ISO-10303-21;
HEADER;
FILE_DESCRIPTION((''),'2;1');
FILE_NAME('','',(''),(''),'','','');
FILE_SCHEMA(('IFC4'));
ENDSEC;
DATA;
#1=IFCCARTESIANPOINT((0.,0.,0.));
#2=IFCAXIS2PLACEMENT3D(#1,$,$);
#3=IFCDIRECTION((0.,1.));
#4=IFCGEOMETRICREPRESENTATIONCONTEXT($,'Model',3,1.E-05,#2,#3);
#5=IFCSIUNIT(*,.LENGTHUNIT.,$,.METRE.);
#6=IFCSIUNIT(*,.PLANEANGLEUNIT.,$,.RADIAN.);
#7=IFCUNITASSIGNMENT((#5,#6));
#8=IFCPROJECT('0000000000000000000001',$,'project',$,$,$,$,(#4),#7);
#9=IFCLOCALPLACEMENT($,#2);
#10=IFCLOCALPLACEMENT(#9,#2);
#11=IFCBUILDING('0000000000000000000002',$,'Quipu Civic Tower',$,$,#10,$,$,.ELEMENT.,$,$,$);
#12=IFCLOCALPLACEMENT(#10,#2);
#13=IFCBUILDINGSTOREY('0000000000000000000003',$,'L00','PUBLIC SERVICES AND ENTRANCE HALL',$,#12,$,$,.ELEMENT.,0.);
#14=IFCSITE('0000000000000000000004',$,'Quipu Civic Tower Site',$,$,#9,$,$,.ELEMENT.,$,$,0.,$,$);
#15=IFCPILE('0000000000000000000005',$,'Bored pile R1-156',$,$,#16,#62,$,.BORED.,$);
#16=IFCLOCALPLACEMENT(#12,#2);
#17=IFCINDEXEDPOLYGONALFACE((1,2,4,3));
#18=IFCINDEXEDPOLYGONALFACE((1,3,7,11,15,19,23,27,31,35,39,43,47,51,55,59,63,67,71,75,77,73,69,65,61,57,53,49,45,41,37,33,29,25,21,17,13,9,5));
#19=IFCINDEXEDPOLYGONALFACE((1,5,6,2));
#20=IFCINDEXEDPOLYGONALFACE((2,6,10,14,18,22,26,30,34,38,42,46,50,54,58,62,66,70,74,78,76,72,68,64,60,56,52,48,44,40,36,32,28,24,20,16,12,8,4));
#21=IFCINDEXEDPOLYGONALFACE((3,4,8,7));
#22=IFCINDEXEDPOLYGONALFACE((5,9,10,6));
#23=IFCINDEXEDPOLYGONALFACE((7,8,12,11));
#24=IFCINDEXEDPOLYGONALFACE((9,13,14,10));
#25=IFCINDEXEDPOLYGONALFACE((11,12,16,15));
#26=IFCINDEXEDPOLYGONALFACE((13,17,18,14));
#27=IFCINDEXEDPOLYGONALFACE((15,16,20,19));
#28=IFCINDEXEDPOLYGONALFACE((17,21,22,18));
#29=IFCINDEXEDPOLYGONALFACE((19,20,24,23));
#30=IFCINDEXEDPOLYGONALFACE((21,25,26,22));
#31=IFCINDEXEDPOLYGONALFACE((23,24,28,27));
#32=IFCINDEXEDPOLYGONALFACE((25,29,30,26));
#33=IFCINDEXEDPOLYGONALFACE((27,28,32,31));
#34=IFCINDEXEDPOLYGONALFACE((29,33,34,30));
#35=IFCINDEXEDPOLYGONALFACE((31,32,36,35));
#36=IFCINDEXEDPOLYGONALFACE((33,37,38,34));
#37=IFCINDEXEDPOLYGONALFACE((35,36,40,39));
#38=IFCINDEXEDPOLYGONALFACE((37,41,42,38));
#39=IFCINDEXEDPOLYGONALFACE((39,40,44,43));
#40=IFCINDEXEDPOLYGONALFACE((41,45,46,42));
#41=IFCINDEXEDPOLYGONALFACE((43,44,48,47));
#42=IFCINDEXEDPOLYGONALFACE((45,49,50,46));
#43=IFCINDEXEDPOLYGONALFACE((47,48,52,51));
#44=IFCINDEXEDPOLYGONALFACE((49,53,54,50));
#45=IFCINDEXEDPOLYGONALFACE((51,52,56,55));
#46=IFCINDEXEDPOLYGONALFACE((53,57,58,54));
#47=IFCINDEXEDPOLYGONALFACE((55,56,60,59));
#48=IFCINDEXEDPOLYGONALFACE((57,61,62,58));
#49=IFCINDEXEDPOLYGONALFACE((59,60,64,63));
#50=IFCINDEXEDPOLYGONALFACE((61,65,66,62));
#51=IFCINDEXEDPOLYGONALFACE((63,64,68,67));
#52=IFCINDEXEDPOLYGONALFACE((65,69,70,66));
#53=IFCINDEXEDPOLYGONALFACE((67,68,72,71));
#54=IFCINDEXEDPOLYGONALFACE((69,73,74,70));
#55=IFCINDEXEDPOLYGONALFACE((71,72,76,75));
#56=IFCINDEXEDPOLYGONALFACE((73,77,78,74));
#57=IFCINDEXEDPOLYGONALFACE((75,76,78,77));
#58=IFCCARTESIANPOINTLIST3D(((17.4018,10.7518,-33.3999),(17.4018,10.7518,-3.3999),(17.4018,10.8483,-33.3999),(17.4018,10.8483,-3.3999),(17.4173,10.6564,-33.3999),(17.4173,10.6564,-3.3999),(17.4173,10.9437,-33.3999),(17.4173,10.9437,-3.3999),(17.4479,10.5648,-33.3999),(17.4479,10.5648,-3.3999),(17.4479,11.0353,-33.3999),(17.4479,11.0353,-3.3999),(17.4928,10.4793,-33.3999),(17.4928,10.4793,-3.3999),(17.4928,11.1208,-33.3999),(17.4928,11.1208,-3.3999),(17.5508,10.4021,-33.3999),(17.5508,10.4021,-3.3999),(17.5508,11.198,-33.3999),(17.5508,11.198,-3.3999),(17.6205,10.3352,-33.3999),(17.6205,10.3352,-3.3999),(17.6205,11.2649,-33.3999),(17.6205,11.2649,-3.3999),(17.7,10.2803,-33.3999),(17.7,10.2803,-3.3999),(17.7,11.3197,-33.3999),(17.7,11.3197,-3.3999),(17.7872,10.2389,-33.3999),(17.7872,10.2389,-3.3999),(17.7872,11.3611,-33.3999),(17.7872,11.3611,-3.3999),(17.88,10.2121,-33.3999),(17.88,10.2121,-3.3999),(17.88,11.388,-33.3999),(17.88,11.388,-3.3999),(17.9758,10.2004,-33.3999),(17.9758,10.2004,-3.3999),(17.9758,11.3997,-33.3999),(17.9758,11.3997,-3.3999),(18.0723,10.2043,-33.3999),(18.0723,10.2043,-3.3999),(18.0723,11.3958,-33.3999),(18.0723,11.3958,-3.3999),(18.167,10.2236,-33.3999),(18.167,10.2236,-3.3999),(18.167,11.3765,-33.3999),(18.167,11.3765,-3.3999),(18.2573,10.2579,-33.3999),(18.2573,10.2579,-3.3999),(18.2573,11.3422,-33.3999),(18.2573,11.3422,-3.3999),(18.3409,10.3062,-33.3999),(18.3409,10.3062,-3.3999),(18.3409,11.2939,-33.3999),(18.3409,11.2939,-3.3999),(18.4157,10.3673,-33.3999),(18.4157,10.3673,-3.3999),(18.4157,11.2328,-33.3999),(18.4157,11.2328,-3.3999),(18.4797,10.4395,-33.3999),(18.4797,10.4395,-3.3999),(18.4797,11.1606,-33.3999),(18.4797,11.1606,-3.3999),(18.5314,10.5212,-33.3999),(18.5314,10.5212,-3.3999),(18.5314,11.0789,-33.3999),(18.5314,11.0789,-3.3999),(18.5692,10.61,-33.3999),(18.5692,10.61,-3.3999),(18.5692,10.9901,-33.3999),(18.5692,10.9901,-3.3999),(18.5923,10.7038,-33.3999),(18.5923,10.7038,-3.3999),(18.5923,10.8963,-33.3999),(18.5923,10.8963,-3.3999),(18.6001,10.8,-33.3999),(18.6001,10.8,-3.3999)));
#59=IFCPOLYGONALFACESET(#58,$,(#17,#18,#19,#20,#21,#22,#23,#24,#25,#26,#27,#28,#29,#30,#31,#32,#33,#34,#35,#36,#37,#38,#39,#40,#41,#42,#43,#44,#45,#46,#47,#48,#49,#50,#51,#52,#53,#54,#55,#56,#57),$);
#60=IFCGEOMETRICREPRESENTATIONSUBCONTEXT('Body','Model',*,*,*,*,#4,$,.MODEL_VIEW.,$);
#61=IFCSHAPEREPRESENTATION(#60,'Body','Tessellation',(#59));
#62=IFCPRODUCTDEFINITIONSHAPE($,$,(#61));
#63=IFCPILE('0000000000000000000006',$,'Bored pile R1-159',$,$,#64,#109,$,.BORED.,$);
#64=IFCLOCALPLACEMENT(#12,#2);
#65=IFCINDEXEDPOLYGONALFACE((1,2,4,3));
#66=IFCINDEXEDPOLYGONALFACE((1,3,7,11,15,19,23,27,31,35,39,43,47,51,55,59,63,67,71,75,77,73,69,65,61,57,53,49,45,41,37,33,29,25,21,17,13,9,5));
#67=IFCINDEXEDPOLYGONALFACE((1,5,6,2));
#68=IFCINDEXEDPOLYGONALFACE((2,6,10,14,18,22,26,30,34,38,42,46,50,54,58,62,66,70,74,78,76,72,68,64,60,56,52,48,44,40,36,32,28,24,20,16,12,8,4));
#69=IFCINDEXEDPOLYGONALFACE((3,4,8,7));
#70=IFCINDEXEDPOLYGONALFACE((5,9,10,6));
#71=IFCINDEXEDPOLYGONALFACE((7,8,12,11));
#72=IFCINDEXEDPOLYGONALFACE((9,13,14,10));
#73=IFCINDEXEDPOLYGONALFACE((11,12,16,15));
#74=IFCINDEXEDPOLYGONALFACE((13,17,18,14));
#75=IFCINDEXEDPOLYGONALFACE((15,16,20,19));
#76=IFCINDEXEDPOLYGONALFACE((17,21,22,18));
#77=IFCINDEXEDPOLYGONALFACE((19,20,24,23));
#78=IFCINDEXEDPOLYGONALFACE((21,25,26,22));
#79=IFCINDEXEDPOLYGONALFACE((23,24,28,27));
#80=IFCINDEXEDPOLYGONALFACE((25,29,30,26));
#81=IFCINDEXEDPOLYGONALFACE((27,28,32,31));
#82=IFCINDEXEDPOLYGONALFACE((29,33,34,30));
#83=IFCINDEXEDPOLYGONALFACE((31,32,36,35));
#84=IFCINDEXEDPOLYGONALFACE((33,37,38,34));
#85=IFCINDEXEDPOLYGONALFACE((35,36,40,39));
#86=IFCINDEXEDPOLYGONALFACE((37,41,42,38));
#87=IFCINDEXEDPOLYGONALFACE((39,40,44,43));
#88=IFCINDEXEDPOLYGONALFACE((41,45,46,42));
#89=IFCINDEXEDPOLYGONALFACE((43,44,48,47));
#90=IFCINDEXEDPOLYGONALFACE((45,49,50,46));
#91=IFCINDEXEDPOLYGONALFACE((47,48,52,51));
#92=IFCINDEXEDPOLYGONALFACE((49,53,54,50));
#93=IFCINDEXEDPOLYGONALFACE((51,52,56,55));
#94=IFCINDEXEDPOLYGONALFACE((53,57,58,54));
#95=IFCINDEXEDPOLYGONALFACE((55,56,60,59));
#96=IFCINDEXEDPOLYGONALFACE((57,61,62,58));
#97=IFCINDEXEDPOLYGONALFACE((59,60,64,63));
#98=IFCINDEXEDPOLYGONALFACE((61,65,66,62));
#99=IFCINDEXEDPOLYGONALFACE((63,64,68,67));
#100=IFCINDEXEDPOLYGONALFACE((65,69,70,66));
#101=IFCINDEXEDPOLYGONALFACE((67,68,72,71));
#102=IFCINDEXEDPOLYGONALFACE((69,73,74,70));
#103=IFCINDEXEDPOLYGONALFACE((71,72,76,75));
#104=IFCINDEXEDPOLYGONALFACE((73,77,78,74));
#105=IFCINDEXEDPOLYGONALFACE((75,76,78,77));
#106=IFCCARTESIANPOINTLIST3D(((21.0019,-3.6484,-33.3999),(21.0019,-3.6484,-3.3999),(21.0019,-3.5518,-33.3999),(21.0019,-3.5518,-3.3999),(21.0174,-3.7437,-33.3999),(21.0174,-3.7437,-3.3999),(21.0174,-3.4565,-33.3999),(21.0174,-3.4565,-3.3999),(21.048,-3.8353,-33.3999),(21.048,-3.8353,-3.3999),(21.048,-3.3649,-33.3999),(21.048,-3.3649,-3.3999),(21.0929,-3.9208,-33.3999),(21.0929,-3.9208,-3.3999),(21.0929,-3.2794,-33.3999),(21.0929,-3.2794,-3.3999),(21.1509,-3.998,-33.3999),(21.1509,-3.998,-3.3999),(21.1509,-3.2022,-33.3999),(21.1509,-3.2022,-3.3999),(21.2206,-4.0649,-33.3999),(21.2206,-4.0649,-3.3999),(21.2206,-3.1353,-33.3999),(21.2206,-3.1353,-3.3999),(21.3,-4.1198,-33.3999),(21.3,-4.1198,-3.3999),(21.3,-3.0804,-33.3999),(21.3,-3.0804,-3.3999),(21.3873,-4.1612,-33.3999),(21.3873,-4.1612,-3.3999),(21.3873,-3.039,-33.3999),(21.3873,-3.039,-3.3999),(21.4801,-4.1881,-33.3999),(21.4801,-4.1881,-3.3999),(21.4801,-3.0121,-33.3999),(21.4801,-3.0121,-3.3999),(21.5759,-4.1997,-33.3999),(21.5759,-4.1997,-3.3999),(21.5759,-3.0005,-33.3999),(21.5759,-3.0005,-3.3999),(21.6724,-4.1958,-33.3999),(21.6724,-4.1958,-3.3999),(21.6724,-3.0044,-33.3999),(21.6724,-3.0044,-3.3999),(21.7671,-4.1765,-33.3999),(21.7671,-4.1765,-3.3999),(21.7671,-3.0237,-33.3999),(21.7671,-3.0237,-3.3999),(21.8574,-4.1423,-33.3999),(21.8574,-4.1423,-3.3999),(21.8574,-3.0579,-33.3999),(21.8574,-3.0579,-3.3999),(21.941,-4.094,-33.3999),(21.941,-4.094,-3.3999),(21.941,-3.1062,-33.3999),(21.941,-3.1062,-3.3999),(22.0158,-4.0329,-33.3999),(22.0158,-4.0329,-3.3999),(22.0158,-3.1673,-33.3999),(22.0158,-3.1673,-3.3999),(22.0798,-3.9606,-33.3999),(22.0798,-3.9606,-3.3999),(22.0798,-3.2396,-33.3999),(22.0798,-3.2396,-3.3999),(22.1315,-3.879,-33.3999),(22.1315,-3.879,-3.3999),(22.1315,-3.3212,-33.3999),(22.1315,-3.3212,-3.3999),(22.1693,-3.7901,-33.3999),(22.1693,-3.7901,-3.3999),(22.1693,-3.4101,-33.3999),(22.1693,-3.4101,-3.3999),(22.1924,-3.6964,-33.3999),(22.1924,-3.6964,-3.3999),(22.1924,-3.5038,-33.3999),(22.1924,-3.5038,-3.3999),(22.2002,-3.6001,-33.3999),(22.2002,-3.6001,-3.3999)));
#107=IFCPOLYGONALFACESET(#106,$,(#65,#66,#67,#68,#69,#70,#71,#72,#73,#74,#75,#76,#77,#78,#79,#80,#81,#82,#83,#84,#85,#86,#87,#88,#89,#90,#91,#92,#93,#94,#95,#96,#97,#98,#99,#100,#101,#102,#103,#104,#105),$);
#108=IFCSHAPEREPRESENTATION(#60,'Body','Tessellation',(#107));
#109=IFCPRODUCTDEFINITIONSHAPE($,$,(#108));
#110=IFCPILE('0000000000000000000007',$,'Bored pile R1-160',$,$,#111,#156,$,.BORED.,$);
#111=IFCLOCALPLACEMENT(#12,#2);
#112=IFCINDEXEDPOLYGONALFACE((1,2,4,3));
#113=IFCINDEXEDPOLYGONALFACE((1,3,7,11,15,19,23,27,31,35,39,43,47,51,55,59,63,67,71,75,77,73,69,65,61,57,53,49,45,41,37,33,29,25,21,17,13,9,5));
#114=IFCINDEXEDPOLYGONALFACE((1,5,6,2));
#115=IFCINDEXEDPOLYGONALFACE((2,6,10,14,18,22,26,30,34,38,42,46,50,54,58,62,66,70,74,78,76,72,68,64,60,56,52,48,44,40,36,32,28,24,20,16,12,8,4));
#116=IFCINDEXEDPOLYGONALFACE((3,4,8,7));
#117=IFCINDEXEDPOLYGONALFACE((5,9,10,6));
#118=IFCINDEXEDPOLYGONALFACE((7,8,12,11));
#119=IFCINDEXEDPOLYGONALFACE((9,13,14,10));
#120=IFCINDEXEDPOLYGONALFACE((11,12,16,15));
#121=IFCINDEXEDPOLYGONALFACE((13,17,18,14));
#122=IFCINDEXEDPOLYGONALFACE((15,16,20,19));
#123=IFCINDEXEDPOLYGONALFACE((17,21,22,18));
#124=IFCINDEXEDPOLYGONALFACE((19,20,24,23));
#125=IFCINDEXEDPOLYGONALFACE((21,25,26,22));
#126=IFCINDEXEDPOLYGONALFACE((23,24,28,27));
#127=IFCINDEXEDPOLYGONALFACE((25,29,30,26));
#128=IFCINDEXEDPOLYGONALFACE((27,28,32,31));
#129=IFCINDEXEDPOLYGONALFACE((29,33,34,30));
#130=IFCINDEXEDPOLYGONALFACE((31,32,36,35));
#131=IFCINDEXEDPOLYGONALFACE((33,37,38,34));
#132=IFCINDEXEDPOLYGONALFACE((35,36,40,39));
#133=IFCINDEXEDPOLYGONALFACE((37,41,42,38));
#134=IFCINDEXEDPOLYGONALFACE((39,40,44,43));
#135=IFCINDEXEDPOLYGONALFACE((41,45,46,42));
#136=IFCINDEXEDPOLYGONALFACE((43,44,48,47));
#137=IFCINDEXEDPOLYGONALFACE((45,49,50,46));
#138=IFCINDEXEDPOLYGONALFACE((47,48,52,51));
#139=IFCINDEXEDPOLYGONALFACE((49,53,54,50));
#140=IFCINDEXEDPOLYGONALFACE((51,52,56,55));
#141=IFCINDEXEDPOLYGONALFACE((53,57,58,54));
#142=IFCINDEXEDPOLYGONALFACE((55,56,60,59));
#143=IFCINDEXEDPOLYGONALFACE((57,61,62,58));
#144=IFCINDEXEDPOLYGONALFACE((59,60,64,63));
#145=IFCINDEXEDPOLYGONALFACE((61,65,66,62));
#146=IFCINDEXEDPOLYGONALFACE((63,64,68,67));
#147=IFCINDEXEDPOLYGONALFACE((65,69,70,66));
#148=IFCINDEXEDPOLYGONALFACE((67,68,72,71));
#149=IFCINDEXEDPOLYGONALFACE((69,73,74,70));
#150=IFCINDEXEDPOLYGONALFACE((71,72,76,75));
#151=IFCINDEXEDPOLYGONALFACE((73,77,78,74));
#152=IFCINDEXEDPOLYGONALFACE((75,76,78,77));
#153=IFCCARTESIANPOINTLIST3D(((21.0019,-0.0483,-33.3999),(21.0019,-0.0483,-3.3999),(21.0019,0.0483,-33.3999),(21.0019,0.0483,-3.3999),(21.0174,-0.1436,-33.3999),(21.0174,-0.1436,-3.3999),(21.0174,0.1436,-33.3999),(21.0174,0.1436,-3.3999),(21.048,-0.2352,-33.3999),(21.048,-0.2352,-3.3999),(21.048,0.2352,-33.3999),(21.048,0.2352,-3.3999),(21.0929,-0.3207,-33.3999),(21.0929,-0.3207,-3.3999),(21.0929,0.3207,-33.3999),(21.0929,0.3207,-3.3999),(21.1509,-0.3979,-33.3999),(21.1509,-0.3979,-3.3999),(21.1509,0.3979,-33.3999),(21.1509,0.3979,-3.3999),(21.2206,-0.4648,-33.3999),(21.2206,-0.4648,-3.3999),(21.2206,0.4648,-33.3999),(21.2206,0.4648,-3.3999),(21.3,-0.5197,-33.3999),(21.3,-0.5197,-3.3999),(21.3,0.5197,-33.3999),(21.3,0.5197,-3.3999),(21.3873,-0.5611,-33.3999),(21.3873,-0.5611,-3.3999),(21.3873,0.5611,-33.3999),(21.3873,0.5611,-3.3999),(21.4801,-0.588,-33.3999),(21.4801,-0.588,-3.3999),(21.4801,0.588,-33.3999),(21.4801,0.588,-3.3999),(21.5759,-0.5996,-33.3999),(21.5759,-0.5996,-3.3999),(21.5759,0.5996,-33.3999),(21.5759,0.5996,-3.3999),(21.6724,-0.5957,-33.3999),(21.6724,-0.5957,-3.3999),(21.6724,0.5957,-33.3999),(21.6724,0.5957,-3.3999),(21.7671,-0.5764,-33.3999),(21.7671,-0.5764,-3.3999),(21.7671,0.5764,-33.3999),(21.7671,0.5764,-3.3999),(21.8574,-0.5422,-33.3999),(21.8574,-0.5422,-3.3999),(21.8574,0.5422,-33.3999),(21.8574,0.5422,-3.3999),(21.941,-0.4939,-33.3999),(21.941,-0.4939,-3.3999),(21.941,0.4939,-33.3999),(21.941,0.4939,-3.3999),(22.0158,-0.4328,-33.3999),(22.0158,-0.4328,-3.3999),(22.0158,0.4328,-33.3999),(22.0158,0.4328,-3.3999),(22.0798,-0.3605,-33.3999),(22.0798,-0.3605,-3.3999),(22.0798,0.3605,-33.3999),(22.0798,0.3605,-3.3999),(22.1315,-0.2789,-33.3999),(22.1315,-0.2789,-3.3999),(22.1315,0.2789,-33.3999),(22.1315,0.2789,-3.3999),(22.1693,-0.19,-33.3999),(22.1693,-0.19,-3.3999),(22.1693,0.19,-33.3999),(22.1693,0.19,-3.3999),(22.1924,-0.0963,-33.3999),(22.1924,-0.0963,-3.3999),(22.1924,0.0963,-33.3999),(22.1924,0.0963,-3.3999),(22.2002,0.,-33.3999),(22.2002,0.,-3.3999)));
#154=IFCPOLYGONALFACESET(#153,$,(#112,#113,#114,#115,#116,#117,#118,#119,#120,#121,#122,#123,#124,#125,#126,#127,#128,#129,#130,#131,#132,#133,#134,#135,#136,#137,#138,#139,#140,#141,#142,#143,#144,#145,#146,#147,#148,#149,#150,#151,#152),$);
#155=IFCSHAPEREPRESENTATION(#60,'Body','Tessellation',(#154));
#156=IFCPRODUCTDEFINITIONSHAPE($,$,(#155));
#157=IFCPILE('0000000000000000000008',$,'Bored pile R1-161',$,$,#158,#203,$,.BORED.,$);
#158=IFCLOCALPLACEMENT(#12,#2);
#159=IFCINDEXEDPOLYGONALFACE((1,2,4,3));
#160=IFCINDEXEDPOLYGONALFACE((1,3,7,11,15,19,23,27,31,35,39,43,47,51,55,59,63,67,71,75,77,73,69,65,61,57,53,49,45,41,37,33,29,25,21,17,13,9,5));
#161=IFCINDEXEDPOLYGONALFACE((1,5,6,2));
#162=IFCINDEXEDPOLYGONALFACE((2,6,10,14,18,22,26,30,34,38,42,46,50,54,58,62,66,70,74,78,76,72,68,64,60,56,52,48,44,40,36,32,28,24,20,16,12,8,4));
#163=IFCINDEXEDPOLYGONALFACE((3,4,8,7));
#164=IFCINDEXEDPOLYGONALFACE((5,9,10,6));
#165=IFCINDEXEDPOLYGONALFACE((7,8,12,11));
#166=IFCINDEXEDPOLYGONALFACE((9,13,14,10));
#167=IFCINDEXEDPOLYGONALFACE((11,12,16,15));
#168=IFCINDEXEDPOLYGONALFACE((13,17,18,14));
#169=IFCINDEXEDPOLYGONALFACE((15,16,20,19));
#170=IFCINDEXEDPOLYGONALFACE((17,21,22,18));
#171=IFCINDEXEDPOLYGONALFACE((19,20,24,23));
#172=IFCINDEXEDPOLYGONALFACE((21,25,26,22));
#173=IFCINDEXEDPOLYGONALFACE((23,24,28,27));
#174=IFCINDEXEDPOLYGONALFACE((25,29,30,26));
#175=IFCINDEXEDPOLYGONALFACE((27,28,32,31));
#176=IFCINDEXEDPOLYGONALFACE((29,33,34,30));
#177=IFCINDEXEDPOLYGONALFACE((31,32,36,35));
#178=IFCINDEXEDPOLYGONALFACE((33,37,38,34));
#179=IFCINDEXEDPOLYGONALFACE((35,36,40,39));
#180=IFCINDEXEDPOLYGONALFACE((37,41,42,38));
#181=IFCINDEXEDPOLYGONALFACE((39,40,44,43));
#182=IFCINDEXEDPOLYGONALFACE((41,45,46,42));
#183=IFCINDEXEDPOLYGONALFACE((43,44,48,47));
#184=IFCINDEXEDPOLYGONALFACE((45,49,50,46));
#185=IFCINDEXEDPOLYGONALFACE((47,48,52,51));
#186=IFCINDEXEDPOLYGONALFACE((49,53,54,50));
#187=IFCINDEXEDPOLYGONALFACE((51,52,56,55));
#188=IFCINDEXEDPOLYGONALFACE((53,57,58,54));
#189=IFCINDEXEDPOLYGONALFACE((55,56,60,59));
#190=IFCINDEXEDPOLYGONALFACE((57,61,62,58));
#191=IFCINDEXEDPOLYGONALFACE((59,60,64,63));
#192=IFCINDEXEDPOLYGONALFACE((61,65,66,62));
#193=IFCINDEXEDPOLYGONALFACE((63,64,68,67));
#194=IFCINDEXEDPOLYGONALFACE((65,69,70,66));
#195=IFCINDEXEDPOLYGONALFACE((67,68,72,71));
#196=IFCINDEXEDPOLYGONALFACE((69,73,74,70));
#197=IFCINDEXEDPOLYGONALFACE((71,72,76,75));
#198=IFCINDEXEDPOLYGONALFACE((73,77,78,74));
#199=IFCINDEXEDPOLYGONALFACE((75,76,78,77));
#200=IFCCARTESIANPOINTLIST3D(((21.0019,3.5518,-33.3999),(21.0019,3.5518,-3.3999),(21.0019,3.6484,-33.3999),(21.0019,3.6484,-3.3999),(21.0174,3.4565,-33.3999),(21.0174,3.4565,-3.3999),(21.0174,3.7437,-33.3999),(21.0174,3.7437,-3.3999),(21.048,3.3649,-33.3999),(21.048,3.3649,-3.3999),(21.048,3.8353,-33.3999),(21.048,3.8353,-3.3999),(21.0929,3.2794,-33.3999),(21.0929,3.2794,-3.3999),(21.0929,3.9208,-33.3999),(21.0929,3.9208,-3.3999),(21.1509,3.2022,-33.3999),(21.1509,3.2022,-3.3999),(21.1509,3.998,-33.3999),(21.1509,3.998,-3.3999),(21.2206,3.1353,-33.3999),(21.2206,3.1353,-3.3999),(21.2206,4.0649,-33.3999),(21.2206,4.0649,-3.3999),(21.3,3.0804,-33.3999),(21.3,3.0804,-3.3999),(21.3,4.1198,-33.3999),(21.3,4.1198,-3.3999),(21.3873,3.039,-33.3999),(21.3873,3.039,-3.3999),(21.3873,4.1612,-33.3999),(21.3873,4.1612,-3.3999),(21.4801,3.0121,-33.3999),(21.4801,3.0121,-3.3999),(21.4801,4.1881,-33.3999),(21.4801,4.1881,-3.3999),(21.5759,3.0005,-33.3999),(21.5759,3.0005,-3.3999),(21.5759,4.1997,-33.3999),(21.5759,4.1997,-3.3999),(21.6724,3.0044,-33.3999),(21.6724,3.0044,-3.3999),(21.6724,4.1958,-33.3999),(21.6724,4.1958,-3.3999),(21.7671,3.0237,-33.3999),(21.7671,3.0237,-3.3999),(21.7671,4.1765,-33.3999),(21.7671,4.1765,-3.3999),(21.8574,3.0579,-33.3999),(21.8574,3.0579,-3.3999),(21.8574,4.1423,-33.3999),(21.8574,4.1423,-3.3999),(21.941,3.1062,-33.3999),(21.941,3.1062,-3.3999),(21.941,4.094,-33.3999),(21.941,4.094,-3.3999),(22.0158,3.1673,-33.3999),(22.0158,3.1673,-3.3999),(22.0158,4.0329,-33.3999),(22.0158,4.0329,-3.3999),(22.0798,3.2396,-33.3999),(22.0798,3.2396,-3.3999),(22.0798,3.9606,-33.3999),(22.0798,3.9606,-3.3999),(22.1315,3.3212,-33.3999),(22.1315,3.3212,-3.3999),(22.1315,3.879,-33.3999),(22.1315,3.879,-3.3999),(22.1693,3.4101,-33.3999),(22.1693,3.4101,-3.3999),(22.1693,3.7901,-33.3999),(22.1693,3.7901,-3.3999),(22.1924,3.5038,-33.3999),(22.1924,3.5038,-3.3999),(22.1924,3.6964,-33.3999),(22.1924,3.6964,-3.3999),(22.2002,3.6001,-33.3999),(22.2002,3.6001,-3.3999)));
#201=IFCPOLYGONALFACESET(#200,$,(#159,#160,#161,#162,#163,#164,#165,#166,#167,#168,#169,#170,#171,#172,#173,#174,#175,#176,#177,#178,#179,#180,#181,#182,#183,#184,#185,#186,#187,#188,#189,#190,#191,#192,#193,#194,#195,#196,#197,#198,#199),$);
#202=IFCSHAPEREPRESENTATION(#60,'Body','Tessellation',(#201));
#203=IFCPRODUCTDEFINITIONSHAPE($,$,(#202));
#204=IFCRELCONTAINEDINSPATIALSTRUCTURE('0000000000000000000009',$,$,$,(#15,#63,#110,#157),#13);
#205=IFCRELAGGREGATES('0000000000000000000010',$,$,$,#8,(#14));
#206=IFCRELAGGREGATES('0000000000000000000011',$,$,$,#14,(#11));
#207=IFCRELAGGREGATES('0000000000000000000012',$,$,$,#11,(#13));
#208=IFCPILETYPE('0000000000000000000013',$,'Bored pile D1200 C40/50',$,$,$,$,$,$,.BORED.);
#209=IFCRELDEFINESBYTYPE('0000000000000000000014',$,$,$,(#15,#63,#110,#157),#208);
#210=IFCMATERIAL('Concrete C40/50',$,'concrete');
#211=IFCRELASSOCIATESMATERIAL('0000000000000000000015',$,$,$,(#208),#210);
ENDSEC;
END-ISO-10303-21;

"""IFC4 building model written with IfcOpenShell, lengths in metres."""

from ifc_helpers import new_model, si_unit, direction, frame, origin, origin_2d, place, context, subcontext, project, spatial, circle, extrude, material, material_profile, profile_set, type_object, element, save


model = new_model("IFC4")

# Units and contexts
model_context = context("Model", 3, precision=1e-05, world=origin(), true_north=direction((0.0, 1.0)))
body_context = subcontext(model_context, "Body", "Model", "MODEL_VIEW")
ifc_project = project(units=[si_unit("LENGTHUNIT", "METRE"), si_unit("PLANEANGLEUNIT", "RADIAN")], contexts=[model_context])

# Site, building, storey
site_placement = place(None, origin())
site = spatial("IfcSite", under=ifc_project, at=site_placement, Name="Quipu Civic Tower Site", CompositionType="ELEMENT", RefElevation=0.0)
building_placement = place(site_placement, origin())
building = spatial("IfcBuilding", under=site, at=building_placement, Name="Quipu Civic Tower", CompositionType="ELEMENT")
storey_placement = place(building_placement, origin())
storey = spatial("IfcBuildingStorey", under=building, at=storey_placement, Name="L00", Description="PUBLIC SERVICES AND ENTRANCE HALL", CompositionType="ELEMENT", Elevation=0.0)

# Piles
ifc_material_1 = material(Name="Concrete C40/50", Category="concrete")
ifc_material_profile_1 = material_profile(ifc_material_1, circle(Radius=0.6001, at=origin_2d()), Name="RCD1200")
ifc_profile_set_1 = profile_set([ifc_material_profile_1], Name="Concrete C40/50")
pile_type = type_object("IfcPileType", Name="Bored pile D1200 C40/50", PredefinedType="BORED", material=ifc_profile_set_1)
for number, where, z_axis, x_axis, name in (
    (1, (18.0, 10.8, -3.3999), (0.0, 0.0, -1.0), (1.0, 0.0, 0.0), "Bored pile R1-156"),
    (2, (21.6001, -3.6001, -3.3999), (0.0, 0.0, -1.0), (1.0, 0.0, 0.0), "Bored pile R1-159"),
    (3, (21.6001, 0.0, -3.3999), (0.0, 0.0, -1.0), (1.0, 0.0, 0.0), "Bored pile R1-160"),
    (4, (21.6001, 3.6001, -3.3999), (0.0, 0.0, -1.0), (1.0, 0.0, 0.0), "Bored pile R1-161"),
):
    element("IfcPile", number, at=place(storey_placement, frame(where, z_axis=z_axis, x_axis=x_axis)), inside=storey, type_object=pile_type, Name=name, PredefinedType="BORED", context=body_context, shape_type="SweptSolid", body=[
        extrude(circle(Radius=0.6001, at=origin_2d()), origin(), (0.0, 0.0, 1.0), 30.0),
    ])

save(model, "model.ifc")
